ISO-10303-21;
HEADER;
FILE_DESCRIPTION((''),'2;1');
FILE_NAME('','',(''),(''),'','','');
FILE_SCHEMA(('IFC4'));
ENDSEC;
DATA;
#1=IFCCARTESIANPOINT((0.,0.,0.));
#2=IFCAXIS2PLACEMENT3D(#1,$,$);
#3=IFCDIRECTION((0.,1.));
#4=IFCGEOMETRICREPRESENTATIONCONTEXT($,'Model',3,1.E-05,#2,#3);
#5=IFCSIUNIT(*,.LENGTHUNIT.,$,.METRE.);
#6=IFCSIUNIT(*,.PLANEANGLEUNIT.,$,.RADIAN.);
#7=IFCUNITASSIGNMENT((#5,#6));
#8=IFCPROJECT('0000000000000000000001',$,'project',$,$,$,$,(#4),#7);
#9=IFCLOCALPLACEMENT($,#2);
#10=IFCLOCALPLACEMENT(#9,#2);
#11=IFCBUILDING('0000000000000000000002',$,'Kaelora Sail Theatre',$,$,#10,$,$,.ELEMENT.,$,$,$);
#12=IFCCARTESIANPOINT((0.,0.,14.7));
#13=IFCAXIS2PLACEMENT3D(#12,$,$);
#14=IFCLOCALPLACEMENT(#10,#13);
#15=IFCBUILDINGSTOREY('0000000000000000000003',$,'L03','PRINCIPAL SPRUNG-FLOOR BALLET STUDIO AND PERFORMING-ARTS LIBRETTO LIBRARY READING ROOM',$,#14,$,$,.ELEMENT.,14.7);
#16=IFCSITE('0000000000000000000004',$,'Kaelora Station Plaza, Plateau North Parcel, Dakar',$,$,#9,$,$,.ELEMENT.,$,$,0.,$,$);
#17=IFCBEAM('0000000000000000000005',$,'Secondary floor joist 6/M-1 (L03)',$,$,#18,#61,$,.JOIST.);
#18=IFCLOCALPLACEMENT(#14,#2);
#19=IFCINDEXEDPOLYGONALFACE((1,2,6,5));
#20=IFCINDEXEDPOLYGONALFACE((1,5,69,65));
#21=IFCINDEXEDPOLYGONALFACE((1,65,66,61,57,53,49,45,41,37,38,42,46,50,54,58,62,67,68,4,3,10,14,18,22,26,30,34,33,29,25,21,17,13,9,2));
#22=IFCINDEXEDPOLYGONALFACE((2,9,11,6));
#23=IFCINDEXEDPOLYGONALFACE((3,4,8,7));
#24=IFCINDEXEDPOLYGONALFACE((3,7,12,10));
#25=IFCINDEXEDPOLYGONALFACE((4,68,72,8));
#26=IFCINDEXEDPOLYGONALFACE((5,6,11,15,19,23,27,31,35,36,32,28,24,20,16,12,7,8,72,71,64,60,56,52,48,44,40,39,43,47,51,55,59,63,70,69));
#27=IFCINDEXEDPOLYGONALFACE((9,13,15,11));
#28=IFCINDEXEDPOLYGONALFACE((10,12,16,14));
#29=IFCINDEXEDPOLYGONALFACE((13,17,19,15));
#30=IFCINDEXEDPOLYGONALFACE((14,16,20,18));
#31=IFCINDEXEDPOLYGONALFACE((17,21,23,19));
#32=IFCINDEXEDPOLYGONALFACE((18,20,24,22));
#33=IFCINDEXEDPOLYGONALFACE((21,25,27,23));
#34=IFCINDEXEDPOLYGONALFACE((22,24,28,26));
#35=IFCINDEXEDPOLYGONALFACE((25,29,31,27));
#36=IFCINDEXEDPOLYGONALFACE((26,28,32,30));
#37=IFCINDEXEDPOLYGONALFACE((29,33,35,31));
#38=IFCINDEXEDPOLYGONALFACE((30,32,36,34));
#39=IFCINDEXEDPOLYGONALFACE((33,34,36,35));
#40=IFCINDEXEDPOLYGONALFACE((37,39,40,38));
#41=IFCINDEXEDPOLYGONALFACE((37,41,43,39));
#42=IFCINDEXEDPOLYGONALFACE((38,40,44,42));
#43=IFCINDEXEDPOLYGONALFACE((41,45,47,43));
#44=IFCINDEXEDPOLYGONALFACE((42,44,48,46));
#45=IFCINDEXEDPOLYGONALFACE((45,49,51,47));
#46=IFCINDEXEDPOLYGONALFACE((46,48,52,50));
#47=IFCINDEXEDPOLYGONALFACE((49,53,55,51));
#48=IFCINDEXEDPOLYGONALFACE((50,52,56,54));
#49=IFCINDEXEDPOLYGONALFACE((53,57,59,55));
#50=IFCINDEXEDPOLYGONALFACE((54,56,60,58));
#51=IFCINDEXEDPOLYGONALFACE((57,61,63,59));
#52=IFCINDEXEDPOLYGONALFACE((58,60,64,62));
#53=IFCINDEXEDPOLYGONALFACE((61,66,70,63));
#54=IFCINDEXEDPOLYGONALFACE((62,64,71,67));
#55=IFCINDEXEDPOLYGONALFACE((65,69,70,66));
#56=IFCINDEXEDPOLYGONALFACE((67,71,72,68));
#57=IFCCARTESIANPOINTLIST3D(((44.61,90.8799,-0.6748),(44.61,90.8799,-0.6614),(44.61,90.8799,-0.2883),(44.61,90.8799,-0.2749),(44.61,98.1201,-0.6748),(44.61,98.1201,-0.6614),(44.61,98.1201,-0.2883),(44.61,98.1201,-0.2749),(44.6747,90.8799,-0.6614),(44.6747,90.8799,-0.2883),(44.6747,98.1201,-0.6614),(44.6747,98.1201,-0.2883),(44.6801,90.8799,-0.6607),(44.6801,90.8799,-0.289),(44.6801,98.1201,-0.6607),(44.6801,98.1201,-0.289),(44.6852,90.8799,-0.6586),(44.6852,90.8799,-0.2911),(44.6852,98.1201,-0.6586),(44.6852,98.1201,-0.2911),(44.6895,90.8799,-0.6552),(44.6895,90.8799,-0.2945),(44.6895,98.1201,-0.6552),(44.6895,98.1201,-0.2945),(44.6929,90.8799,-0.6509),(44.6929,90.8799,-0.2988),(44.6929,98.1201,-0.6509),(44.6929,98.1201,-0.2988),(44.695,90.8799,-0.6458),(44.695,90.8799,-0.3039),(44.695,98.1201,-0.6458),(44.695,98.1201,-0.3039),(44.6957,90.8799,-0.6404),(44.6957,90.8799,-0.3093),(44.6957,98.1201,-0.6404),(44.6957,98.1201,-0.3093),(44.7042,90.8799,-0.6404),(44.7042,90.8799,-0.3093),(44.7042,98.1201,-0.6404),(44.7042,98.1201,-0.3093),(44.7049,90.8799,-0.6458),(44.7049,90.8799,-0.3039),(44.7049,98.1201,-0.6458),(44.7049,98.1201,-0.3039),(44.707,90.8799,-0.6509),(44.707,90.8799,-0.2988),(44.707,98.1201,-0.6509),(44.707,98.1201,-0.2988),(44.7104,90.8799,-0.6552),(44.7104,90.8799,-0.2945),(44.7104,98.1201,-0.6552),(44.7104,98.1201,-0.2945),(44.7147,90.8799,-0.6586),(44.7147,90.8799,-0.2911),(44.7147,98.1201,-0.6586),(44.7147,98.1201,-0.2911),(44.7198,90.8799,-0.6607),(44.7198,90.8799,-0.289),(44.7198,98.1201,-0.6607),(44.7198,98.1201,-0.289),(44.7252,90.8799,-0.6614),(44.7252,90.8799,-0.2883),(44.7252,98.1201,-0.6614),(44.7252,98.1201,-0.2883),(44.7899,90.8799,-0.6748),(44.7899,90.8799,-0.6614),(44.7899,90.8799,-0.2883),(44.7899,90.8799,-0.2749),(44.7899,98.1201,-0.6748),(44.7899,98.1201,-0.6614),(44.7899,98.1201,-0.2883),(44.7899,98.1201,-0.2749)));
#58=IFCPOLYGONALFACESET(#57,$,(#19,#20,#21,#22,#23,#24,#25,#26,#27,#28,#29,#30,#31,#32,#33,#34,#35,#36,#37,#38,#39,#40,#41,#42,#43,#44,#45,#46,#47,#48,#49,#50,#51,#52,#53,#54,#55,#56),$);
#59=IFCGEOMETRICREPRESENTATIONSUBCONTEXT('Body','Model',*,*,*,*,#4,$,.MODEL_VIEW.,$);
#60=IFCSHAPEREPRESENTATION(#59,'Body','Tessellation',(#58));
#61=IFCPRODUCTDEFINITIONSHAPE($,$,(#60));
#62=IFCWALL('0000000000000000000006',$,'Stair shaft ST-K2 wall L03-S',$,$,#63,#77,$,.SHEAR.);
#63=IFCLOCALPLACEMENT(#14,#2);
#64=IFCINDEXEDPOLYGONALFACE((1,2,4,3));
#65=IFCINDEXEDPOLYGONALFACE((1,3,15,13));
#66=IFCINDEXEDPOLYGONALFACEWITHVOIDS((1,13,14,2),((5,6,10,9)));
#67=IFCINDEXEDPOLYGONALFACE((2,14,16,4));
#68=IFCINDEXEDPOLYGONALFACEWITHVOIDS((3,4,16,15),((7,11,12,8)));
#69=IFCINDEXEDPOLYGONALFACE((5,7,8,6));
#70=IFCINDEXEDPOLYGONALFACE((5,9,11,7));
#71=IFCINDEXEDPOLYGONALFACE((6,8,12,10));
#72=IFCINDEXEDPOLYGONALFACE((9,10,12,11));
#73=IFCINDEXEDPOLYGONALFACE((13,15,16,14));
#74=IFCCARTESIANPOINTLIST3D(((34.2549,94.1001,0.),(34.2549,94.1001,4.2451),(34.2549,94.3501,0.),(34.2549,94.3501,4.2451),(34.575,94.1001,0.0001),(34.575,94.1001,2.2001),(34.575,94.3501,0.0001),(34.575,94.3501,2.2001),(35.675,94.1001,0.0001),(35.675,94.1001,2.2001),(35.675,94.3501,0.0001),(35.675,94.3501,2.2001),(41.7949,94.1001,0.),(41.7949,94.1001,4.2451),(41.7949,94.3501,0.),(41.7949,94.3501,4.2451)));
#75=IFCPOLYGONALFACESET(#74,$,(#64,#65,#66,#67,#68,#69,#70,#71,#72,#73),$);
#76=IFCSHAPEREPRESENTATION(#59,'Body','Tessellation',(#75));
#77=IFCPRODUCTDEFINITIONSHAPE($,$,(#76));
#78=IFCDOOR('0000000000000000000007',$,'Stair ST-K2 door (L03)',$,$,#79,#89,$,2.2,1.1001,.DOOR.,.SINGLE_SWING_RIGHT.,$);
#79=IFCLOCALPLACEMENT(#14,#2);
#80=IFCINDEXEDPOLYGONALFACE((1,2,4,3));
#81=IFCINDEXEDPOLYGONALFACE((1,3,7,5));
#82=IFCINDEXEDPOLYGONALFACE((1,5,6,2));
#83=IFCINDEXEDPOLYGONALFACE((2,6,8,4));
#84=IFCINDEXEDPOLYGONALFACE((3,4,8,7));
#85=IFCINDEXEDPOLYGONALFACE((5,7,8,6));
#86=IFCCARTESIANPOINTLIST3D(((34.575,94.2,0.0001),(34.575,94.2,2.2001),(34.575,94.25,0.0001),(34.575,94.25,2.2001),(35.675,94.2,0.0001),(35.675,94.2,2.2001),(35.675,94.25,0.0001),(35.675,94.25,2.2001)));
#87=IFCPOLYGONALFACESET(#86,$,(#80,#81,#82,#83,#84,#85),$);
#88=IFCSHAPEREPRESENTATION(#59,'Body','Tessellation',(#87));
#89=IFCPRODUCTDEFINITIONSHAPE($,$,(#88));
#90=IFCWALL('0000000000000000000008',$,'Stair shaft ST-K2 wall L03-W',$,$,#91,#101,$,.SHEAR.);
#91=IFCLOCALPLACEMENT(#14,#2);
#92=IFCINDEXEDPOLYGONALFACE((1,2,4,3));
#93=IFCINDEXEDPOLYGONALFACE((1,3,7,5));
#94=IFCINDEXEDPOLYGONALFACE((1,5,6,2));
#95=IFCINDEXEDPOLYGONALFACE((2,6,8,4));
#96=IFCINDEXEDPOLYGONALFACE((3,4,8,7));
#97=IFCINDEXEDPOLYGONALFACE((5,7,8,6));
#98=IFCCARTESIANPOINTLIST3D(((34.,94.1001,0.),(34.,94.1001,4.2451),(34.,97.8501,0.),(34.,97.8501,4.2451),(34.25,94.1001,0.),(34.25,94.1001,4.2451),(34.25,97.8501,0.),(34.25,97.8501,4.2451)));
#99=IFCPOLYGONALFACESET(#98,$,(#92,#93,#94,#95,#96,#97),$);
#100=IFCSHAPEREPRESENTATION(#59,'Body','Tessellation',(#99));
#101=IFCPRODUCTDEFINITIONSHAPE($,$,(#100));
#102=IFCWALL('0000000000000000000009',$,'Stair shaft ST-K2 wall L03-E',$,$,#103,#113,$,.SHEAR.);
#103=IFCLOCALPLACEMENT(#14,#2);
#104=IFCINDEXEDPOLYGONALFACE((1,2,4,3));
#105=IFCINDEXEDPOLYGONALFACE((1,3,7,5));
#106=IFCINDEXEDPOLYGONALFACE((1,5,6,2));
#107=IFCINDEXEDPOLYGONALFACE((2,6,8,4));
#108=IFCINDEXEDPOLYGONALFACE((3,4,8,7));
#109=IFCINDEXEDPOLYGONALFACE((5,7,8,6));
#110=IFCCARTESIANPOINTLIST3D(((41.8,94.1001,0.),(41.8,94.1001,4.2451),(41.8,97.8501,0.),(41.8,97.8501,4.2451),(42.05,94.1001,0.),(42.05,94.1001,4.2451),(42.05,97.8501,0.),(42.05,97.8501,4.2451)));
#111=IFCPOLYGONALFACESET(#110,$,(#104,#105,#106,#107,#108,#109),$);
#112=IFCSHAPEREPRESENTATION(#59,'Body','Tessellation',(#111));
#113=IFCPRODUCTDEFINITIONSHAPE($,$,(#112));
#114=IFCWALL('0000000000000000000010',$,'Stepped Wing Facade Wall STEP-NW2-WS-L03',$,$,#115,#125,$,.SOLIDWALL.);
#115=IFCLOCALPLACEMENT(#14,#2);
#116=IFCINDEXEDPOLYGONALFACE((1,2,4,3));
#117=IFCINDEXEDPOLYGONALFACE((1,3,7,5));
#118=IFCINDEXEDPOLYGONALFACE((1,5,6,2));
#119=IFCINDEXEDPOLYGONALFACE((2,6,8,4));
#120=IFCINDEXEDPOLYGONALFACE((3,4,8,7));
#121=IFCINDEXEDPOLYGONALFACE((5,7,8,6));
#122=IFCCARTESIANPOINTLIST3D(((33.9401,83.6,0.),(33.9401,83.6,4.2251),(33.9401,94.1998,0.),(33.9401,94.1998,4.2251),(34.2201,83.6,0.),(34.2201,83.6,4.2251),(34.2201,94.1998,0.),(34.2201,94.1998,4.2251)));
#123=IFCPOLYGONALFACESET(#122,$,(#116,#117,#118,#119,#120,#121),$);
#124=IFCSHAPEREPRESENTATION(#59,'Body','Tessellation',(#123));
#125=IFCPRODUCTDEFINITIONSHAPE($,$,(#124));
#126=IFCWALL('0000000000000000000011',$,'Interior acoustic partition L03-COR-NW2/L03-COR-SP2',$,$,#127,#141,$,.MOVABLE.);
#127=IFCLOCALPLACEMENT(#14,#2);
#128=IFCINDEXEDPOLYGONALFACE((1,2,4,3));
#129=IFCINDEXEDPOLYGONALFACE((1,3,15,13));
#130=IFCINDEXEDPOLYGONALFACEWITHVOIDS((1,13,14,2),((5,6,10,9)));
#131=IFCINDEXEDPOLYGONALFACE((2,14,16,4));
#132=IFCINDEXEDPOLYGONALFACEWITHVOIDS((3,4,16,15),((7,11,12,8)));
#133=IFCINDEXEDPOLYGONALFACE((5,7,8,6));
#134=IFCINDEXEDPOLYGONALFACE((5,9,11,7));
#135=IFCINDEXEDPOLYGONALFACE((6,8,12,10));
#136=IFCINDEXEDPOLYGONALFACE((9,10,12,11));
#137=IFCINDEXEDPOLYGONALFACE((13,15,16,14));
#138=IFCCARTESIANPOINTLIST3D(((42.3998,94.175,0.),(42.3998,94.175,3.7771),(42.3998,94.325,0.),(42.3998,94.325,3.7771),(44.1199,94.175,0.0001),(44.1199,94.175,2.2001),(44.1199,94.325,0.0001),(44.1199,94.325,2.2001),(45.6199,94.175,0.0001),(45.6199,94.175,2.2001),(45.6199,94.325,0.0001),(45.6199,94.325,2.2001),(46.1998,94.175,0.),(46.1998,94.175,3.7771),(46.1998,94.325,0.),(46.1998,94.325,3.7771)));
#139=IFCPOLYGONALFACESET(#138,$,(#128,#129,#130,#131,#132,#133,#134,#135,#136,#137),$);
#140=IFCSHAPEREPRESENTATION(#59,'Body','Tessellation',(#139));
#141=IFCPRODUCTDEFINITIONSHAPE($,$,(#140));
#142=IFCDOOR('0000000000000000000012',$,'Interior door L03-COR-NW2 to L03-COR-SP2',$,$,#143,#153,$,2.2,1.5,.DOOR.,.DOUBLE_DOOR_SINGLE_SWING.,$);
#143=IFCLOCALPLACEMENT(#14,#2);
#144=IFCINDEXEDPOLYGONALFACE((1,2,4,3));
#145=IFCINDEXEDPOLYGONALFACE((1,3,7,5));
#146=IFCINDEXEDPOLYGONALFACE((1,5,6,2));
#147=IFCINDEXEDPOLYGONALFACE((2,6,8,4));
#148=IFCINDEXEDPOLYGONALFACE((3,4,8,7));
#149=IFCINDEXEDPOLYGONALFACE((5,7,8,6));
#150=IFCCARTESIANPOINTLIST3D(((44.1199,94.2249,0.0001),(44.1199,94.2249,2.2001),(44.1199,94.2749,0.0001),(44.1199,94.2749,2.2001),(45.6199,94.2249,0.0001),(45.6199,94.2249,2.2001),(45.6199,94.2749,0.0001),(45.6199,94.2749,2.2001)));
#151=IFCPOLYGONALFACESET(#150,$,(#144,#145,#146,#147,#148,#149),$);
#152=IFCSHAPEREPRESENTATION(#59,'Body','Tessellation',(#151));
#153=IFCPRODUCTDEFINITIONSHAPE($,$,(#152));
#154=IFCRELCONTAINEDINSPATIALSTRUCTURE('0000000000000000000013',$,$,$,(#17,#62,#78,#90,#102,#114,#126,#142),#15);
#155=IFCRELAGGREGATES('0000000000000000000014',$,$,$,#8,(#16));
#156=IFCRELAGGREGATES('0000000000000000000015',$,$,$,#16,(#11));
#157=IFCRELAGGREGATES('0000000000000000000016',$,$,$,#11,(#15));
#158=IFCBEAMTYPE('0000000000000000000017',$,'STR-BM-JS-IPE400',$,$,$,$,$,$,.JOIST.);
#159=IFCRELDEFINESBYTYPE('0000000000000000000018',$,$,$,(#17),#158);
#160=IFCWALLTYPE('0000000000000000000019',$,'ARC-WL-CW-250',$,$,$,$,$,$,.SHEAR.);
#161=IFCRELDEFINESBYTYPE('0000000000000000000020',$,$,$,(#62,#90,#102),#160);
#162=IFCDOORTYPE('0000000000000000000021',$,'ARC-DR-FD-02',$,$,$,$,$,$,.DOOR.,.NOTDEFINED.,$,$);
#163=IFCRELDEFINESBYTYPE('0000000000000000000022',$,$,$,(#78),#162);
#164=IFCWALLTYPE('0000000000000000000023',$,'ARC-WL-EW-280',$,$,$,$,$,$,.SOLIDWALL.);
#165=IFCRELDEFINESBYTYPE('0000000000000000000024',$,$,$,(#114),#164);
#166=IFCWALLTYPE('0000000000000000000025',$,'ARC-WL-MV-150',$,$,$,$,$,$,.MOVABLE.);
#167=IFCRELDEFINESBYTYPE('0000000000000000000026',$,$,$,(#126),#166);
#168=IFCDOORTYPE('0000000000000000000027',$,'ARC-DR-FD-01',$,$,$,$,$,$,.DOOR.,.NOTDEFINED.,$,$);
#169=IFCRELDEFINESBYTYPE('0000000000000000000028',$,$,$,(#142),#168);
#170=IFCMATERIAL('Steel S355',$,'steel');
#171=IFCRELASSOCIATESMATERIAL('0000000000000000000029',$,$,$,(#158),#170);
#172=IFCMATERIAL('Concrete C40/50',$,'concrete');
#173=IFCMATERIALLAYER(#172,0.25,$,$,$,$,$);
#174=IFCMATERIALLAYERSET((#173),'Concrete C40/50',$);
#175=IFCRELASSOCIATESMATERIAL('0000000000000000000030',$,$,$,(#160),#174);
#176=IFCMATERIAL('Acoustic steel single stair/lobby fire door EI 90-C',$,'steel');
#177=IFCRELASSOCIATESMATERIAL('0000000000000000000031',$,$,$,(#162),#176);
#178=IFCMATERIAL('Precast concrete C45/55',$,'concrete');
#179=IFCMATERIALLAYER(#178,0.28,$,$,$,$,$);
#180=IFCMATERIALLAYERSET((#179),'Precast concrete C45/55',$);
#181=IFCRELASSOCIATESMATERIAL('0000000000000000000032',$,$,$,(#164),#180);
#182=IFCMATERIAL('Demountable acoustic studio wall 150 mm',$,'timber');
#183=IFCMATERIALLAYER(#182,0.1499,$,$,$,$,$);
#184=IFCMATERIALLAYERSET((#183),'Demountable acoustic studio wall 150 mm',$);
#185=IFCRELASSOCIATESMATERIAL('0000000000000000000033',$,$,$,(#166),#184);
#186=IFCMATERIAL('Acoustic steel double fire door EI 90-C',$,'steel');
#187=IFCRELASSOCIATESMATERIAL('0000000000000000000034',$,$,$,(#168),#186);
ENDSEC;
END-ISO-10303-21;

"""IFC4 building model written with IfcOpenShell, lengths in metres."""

from ifc_helpers import new_model, si_unit, direction, frame, frame_2d, origin, origin_2d, place, context, subcontext, project, spatial, rectangle, i_section, extrude, material, layer, layer_set, material_profile, profile_set, type_object, element, fill, save


model = new_model("IFC4")

# Units and contexts
model_context = context("Model", 3, precision=1e-05, world=origin(), true_north=direction((0.0, 1.0)))
body_context = subcontext(model_context, "Body", "Model", "MODEL_VIEW")
ifc_project = project(units=[si_unit("LENGTHUNIT", "METRE"), si_unit("PLANEANGLEUNIT", "RADIAN")], contexts=[model_context])

# Site, building, storey
site_placement = place(None, origin())
site = spatial("IfcSite", under=ifc_project, at=site_placement, Name="Kaelora Station Plaza, Plateau North Parcel, Dakar", CompositionType="ELEMENT", RefElevation=0.0)
building_placement = place(site_placement, origin())
building = spatial("IfcBuilding", under=site, at=building_placement, Name="Kaelora Sail Theatre", CompositionType="ELEMENT")
storey_placement = place(building_placement, frame((0.0, 0.0, 14.7)))
storey = spatial("IfcBuildingStorey", under=building, at=storey_placement, Name="L03", Description="PRINCIPAL SPRUNG-FLOOR BALLET STUDIO AND PERFORMING-ARTS LIBRETTO LIBRARY READING ROOM", CompositionType="ELEMENT", Elevation=14.7)

# Beam
ifc_material_1 = material(Name="Steel S355", Category="steel")
ifc_material_profile_1 = material_profile(ifc_material_1, i_section(OverallWidth=0.1799, OverallDepth=0.3999, WebThickness=0.0085, FlangeThickness=0.0134, FilletRadius=0.021, at=origin_2d()), Name="IPE 400")
ifc_profile_set_1 = profile_set([ifc_material_profile_1], Name="Steel S355")
beam_type_1 = type_object("IfcBeamType", Name="STR-BM-JS-IPE400", PredefinedType="JOIST", material=ifc_profile_set_1)
beam_1_placement = place(storey_placement, frame((44.7, 90.8799, -0.4749), z_axis=(0.0, 1.0, 0.0), x_axis=(-1.0, 0.0, 0.0)))
element("IfcBeam", 1, at=beam_1_placement, inside=storey, type_object=beam_type_1, Name="Secondary floor joist 6/M-1 (L03)", PredefinedType="JOIST", context=body_context, shape_type="SweptSolid", body=[
    extrude(i_section(OverallWidth=0.1799, OverallDepth=0.3999, WebThickness=0.0085, FlangeThickness=0.0134, FilletRadius=0.021, at=origin_2d()), origin(), (0.0, 0.0, 1.0), 7.2402),
])

# Wall, opening, door
ifc_material_2 = material(Name="Concrete C40/50", Category="concrete")
ifc_layer_1 = layer(ifc_material_2, 0.25)
ifc_layer_set_1 = layer_set([ifc_layer_1], Name="Concrete C40/50")
wall_type_1 = type_object("IfcWallType", Name="ARC-WL-CW-250", PredefinedType="SHEAR", material=ifc_layer_set_1)
wall_1_placement = place(storey_placement, frame((34.2549, 94.2251, 0.0), z_axis=(0.0, 0.0, 1.0), x_axis=(1.0, 0.0, 0.0)))
wall_1 = element("IfcWall", 2, at=wall_1_placement, inside=storey, type_object=wall_type_1, Name="Stair shaft ST-K2 wall L03-S", PredefinedType="SHEAR", context=body_context, shape_type="SweptSolid", body=[
    extrude(rectangle(XDim=7.54, YDim=0.25, at=frame_2d((3.77, 0.0))), origin(), (0.0, 0.0, 1.0), 4.2451),
])
opening_1_placement = place(wall_1_placement, frame((0.3201, 0.0, 0.0)))
opening_1 = element("IfcOpeningElement", 3, at=opening_1_placement, cuts=wall_1, PredefinedType="OPENING", context=body_context, shape_type="SweptSolid", body=[
    extrude(rectangle(XDim=1.1001, YDim=2.2, at=frame_2d((0.55, 1.1001))), frame((0.0, 0.135, 0.0), z_axis=(0.0, -1.0, 0.0), x_axis=(1.0, 0.0, 0.0)), (0.0, 0.0, 1.0), 0.27),
])
ifc_material_3 = material(Name="Acoustic steel single stair/lobby fire door EI 90-C", Category="steel")
door_type_1 = type_object("IfcDoorType", Name="ARC-DR-FD-02", OperationType="NOTDEFINED", PredefinedType="DOOR", material=ifc_material_3)
door_1_placement = place(opening_1_placement, origin())
door_1 = element("IfcDoor", 4, at=door_1_placement, inside=storey, type_object=door_type_1, Name="Stair ST-K2 door (L03)", OperationType="SINGLE_SWING_RIGHT", OverallHeight=2.2, OverallWidth=1.1001, PredefinedType="DOOR", context=body_context, shape_type="SweptSolid", body=[
    extrude(rectangle(XDim=1.1001, YDim=2.2, at=frame_2d((0.55, 1.1001))), frame((0.0, 0.0249, 0.0), z_axis=(0.0, -1.0, 0.0), x_axis=(1.0, 0.0, 0.0)), (0.0, 0.0, 1.0), 0.05),
])
fill(opening_1, door_1)

# Walls
for number, where, z_axis, x_axis, name in (
    (5, (34.125, 94.1001, 0.0), (0.0, 0.0, 1.0), (0.0, 1.0, 0.0), "Stair shaft ST-K2 wall L03-W"),
    (6, (41.925, 94.1001, 0.0), (0.0, 0.0, 1.0), (0.0, 1.0, 0.0), "Stair shaft ST-K2 wall L03-E"),
):
    element("IfcWall", number, at=place(storey_placement, frame(where, z_axis=z_axis, x_axis=x_axis)), inside=storey, type_object=wall_type_1, Name=name, PredefinedType="SHEAR", context=body_context, shape_type="SweptSolid", body=[
        extrude(rectangle(XDim=3.75, YDim=0.25, at=frame_2d((1.875, 0.0))), origin(), (0.0, 0.0, 1.0), 4.2451),
    ])
ifc_material_4 = material(Name="Precast concrete C45/55", Category="concrete")
ifc_layer_2 = layer(ifc_material_4, 0.28)
ifc_layer_set_2 = layer_set([ifc_layer_2], Name="Precast concrete C45/55")
wall_type_2 = type_object("IfcWallType", Name="ARC-WL-EW-280", PredefinedType="SOLIDWALL", material=ifc_layer_set_2)
wall_2_placement = place(storey_placement, frame((34.0801, 83.6001, 0.0), z_axis=(0.0, 0.0, 1.0), x_axis=(0.0, 1.0, 0.0)))
element("IfcWall", 7, at=wall_2_placement, inside=storey, type_object=wall_type_2, Name="Stepped Wing Facade Wall STEP-NW2-WS-L03", PredefinedType="SOLIDWALL", context=body_context, shape_type="SweptSolid", body=[
    extrude(rectangle(XDim=10.5999, YDim=0.28, at=frame_2d((5.2998, 0.0))), origin(), (0.0, 0.0, 1.0), 4.2251),
])

# Wall, opening, door
ifc_material_5 = material(Name="Demountable acoustic studio wall 150 mm", Category="timber")
ifc_layer_3 = layer(ifc_material_5, 0.1499)
ifc_layer_set_3 = layer_set([ifc_layer_3], Name="Demountable acoustic studio wall 150 mm")
wall_type_3 = type_object("IfcWallType", Name="ARC-WL-MV-150", PredefinedType="MOVABLE", material=ifc_layer_set_3)
wall_3_placement = place(storey_placement, frame((42.3999, 94.25, 0.0), z_axis=(0.0, 0.0, 1.0), x_axis=(1.0, 0.0, 0.0)))
wall_3 = element("IfcWall", 8, at=wall_3_placement, inside=storey, type_object=wall_type_3, Name="Interior acoustic partition L03-COR-NW2/L03-COR-SP2", PredefinedType="MOVABLE", context=body_context, shape_type="SweptSolid", body=[
    extrude(rectangle(XDim=3.8, YDim=0.1499, at=frame_2d((1.8999, 0.0))), origin(), (0.0, 0.0, 1.0), 3.7771),
])
opening_2_placement = place(wall_3_placement, frame((1.72, 0.0, 0.0)))
opening_2 = element("IfcOpeningElement", 9, at=opening_2_placement, cuts=wall_3, PredefinedType="OPENING", context=body_context, shape_type="SweptSolid", body=[
    extrude(rectangle(XDim=1.5, YDim=2.2, at=frame_2d((0.75, 1.1001))), frame((0.0, 0.085, 0.0), z_axis=(0.0, -1.0, 0.0), x_axis=(1.0, 0.0, 0.0)), (0.0, 0.0, 1.0), 0.1699),
])
ifc_material_6 = material(Name="Acoustic steel double fire door EI 90-C", Category="steel")
door_type_2 = type_object("IfcDoorType", Name="ARC-DR-FD-01", OperationType="NOTDEFINED", PredefinedType="DOOR", material=ifc_material_6)
door_2_placement = place(opening_2_placement, origin())
door_2 = element("IfcDoor", 10, at=door_2_placement, inside=storey, type_object=door_type_2, Name="Interior door L03-COR-NW2 to L03-COR-SP2", OperationType="DOUBLE_DOOR_SINGLE_SWING", OverallHeight=2.2, OverallWidth=1.5, PredefinedType="DOOR", context=body_context, shape_type="SweptSolid", body=[
    extrude(rectangle(XDim=1.5, YDim=2.2, at=frame_2d((0.75, 1.1001))), frame((0.0, 0.0249, 0.0), z_axis=(0.0, -1.0, 0.0), x_axis=(1.0, 0.0, 0.0)), (0.0, 0.0, 1.0), 0.05),
])
fill(opening_2, door_2)

save(model, "model.ifc")
